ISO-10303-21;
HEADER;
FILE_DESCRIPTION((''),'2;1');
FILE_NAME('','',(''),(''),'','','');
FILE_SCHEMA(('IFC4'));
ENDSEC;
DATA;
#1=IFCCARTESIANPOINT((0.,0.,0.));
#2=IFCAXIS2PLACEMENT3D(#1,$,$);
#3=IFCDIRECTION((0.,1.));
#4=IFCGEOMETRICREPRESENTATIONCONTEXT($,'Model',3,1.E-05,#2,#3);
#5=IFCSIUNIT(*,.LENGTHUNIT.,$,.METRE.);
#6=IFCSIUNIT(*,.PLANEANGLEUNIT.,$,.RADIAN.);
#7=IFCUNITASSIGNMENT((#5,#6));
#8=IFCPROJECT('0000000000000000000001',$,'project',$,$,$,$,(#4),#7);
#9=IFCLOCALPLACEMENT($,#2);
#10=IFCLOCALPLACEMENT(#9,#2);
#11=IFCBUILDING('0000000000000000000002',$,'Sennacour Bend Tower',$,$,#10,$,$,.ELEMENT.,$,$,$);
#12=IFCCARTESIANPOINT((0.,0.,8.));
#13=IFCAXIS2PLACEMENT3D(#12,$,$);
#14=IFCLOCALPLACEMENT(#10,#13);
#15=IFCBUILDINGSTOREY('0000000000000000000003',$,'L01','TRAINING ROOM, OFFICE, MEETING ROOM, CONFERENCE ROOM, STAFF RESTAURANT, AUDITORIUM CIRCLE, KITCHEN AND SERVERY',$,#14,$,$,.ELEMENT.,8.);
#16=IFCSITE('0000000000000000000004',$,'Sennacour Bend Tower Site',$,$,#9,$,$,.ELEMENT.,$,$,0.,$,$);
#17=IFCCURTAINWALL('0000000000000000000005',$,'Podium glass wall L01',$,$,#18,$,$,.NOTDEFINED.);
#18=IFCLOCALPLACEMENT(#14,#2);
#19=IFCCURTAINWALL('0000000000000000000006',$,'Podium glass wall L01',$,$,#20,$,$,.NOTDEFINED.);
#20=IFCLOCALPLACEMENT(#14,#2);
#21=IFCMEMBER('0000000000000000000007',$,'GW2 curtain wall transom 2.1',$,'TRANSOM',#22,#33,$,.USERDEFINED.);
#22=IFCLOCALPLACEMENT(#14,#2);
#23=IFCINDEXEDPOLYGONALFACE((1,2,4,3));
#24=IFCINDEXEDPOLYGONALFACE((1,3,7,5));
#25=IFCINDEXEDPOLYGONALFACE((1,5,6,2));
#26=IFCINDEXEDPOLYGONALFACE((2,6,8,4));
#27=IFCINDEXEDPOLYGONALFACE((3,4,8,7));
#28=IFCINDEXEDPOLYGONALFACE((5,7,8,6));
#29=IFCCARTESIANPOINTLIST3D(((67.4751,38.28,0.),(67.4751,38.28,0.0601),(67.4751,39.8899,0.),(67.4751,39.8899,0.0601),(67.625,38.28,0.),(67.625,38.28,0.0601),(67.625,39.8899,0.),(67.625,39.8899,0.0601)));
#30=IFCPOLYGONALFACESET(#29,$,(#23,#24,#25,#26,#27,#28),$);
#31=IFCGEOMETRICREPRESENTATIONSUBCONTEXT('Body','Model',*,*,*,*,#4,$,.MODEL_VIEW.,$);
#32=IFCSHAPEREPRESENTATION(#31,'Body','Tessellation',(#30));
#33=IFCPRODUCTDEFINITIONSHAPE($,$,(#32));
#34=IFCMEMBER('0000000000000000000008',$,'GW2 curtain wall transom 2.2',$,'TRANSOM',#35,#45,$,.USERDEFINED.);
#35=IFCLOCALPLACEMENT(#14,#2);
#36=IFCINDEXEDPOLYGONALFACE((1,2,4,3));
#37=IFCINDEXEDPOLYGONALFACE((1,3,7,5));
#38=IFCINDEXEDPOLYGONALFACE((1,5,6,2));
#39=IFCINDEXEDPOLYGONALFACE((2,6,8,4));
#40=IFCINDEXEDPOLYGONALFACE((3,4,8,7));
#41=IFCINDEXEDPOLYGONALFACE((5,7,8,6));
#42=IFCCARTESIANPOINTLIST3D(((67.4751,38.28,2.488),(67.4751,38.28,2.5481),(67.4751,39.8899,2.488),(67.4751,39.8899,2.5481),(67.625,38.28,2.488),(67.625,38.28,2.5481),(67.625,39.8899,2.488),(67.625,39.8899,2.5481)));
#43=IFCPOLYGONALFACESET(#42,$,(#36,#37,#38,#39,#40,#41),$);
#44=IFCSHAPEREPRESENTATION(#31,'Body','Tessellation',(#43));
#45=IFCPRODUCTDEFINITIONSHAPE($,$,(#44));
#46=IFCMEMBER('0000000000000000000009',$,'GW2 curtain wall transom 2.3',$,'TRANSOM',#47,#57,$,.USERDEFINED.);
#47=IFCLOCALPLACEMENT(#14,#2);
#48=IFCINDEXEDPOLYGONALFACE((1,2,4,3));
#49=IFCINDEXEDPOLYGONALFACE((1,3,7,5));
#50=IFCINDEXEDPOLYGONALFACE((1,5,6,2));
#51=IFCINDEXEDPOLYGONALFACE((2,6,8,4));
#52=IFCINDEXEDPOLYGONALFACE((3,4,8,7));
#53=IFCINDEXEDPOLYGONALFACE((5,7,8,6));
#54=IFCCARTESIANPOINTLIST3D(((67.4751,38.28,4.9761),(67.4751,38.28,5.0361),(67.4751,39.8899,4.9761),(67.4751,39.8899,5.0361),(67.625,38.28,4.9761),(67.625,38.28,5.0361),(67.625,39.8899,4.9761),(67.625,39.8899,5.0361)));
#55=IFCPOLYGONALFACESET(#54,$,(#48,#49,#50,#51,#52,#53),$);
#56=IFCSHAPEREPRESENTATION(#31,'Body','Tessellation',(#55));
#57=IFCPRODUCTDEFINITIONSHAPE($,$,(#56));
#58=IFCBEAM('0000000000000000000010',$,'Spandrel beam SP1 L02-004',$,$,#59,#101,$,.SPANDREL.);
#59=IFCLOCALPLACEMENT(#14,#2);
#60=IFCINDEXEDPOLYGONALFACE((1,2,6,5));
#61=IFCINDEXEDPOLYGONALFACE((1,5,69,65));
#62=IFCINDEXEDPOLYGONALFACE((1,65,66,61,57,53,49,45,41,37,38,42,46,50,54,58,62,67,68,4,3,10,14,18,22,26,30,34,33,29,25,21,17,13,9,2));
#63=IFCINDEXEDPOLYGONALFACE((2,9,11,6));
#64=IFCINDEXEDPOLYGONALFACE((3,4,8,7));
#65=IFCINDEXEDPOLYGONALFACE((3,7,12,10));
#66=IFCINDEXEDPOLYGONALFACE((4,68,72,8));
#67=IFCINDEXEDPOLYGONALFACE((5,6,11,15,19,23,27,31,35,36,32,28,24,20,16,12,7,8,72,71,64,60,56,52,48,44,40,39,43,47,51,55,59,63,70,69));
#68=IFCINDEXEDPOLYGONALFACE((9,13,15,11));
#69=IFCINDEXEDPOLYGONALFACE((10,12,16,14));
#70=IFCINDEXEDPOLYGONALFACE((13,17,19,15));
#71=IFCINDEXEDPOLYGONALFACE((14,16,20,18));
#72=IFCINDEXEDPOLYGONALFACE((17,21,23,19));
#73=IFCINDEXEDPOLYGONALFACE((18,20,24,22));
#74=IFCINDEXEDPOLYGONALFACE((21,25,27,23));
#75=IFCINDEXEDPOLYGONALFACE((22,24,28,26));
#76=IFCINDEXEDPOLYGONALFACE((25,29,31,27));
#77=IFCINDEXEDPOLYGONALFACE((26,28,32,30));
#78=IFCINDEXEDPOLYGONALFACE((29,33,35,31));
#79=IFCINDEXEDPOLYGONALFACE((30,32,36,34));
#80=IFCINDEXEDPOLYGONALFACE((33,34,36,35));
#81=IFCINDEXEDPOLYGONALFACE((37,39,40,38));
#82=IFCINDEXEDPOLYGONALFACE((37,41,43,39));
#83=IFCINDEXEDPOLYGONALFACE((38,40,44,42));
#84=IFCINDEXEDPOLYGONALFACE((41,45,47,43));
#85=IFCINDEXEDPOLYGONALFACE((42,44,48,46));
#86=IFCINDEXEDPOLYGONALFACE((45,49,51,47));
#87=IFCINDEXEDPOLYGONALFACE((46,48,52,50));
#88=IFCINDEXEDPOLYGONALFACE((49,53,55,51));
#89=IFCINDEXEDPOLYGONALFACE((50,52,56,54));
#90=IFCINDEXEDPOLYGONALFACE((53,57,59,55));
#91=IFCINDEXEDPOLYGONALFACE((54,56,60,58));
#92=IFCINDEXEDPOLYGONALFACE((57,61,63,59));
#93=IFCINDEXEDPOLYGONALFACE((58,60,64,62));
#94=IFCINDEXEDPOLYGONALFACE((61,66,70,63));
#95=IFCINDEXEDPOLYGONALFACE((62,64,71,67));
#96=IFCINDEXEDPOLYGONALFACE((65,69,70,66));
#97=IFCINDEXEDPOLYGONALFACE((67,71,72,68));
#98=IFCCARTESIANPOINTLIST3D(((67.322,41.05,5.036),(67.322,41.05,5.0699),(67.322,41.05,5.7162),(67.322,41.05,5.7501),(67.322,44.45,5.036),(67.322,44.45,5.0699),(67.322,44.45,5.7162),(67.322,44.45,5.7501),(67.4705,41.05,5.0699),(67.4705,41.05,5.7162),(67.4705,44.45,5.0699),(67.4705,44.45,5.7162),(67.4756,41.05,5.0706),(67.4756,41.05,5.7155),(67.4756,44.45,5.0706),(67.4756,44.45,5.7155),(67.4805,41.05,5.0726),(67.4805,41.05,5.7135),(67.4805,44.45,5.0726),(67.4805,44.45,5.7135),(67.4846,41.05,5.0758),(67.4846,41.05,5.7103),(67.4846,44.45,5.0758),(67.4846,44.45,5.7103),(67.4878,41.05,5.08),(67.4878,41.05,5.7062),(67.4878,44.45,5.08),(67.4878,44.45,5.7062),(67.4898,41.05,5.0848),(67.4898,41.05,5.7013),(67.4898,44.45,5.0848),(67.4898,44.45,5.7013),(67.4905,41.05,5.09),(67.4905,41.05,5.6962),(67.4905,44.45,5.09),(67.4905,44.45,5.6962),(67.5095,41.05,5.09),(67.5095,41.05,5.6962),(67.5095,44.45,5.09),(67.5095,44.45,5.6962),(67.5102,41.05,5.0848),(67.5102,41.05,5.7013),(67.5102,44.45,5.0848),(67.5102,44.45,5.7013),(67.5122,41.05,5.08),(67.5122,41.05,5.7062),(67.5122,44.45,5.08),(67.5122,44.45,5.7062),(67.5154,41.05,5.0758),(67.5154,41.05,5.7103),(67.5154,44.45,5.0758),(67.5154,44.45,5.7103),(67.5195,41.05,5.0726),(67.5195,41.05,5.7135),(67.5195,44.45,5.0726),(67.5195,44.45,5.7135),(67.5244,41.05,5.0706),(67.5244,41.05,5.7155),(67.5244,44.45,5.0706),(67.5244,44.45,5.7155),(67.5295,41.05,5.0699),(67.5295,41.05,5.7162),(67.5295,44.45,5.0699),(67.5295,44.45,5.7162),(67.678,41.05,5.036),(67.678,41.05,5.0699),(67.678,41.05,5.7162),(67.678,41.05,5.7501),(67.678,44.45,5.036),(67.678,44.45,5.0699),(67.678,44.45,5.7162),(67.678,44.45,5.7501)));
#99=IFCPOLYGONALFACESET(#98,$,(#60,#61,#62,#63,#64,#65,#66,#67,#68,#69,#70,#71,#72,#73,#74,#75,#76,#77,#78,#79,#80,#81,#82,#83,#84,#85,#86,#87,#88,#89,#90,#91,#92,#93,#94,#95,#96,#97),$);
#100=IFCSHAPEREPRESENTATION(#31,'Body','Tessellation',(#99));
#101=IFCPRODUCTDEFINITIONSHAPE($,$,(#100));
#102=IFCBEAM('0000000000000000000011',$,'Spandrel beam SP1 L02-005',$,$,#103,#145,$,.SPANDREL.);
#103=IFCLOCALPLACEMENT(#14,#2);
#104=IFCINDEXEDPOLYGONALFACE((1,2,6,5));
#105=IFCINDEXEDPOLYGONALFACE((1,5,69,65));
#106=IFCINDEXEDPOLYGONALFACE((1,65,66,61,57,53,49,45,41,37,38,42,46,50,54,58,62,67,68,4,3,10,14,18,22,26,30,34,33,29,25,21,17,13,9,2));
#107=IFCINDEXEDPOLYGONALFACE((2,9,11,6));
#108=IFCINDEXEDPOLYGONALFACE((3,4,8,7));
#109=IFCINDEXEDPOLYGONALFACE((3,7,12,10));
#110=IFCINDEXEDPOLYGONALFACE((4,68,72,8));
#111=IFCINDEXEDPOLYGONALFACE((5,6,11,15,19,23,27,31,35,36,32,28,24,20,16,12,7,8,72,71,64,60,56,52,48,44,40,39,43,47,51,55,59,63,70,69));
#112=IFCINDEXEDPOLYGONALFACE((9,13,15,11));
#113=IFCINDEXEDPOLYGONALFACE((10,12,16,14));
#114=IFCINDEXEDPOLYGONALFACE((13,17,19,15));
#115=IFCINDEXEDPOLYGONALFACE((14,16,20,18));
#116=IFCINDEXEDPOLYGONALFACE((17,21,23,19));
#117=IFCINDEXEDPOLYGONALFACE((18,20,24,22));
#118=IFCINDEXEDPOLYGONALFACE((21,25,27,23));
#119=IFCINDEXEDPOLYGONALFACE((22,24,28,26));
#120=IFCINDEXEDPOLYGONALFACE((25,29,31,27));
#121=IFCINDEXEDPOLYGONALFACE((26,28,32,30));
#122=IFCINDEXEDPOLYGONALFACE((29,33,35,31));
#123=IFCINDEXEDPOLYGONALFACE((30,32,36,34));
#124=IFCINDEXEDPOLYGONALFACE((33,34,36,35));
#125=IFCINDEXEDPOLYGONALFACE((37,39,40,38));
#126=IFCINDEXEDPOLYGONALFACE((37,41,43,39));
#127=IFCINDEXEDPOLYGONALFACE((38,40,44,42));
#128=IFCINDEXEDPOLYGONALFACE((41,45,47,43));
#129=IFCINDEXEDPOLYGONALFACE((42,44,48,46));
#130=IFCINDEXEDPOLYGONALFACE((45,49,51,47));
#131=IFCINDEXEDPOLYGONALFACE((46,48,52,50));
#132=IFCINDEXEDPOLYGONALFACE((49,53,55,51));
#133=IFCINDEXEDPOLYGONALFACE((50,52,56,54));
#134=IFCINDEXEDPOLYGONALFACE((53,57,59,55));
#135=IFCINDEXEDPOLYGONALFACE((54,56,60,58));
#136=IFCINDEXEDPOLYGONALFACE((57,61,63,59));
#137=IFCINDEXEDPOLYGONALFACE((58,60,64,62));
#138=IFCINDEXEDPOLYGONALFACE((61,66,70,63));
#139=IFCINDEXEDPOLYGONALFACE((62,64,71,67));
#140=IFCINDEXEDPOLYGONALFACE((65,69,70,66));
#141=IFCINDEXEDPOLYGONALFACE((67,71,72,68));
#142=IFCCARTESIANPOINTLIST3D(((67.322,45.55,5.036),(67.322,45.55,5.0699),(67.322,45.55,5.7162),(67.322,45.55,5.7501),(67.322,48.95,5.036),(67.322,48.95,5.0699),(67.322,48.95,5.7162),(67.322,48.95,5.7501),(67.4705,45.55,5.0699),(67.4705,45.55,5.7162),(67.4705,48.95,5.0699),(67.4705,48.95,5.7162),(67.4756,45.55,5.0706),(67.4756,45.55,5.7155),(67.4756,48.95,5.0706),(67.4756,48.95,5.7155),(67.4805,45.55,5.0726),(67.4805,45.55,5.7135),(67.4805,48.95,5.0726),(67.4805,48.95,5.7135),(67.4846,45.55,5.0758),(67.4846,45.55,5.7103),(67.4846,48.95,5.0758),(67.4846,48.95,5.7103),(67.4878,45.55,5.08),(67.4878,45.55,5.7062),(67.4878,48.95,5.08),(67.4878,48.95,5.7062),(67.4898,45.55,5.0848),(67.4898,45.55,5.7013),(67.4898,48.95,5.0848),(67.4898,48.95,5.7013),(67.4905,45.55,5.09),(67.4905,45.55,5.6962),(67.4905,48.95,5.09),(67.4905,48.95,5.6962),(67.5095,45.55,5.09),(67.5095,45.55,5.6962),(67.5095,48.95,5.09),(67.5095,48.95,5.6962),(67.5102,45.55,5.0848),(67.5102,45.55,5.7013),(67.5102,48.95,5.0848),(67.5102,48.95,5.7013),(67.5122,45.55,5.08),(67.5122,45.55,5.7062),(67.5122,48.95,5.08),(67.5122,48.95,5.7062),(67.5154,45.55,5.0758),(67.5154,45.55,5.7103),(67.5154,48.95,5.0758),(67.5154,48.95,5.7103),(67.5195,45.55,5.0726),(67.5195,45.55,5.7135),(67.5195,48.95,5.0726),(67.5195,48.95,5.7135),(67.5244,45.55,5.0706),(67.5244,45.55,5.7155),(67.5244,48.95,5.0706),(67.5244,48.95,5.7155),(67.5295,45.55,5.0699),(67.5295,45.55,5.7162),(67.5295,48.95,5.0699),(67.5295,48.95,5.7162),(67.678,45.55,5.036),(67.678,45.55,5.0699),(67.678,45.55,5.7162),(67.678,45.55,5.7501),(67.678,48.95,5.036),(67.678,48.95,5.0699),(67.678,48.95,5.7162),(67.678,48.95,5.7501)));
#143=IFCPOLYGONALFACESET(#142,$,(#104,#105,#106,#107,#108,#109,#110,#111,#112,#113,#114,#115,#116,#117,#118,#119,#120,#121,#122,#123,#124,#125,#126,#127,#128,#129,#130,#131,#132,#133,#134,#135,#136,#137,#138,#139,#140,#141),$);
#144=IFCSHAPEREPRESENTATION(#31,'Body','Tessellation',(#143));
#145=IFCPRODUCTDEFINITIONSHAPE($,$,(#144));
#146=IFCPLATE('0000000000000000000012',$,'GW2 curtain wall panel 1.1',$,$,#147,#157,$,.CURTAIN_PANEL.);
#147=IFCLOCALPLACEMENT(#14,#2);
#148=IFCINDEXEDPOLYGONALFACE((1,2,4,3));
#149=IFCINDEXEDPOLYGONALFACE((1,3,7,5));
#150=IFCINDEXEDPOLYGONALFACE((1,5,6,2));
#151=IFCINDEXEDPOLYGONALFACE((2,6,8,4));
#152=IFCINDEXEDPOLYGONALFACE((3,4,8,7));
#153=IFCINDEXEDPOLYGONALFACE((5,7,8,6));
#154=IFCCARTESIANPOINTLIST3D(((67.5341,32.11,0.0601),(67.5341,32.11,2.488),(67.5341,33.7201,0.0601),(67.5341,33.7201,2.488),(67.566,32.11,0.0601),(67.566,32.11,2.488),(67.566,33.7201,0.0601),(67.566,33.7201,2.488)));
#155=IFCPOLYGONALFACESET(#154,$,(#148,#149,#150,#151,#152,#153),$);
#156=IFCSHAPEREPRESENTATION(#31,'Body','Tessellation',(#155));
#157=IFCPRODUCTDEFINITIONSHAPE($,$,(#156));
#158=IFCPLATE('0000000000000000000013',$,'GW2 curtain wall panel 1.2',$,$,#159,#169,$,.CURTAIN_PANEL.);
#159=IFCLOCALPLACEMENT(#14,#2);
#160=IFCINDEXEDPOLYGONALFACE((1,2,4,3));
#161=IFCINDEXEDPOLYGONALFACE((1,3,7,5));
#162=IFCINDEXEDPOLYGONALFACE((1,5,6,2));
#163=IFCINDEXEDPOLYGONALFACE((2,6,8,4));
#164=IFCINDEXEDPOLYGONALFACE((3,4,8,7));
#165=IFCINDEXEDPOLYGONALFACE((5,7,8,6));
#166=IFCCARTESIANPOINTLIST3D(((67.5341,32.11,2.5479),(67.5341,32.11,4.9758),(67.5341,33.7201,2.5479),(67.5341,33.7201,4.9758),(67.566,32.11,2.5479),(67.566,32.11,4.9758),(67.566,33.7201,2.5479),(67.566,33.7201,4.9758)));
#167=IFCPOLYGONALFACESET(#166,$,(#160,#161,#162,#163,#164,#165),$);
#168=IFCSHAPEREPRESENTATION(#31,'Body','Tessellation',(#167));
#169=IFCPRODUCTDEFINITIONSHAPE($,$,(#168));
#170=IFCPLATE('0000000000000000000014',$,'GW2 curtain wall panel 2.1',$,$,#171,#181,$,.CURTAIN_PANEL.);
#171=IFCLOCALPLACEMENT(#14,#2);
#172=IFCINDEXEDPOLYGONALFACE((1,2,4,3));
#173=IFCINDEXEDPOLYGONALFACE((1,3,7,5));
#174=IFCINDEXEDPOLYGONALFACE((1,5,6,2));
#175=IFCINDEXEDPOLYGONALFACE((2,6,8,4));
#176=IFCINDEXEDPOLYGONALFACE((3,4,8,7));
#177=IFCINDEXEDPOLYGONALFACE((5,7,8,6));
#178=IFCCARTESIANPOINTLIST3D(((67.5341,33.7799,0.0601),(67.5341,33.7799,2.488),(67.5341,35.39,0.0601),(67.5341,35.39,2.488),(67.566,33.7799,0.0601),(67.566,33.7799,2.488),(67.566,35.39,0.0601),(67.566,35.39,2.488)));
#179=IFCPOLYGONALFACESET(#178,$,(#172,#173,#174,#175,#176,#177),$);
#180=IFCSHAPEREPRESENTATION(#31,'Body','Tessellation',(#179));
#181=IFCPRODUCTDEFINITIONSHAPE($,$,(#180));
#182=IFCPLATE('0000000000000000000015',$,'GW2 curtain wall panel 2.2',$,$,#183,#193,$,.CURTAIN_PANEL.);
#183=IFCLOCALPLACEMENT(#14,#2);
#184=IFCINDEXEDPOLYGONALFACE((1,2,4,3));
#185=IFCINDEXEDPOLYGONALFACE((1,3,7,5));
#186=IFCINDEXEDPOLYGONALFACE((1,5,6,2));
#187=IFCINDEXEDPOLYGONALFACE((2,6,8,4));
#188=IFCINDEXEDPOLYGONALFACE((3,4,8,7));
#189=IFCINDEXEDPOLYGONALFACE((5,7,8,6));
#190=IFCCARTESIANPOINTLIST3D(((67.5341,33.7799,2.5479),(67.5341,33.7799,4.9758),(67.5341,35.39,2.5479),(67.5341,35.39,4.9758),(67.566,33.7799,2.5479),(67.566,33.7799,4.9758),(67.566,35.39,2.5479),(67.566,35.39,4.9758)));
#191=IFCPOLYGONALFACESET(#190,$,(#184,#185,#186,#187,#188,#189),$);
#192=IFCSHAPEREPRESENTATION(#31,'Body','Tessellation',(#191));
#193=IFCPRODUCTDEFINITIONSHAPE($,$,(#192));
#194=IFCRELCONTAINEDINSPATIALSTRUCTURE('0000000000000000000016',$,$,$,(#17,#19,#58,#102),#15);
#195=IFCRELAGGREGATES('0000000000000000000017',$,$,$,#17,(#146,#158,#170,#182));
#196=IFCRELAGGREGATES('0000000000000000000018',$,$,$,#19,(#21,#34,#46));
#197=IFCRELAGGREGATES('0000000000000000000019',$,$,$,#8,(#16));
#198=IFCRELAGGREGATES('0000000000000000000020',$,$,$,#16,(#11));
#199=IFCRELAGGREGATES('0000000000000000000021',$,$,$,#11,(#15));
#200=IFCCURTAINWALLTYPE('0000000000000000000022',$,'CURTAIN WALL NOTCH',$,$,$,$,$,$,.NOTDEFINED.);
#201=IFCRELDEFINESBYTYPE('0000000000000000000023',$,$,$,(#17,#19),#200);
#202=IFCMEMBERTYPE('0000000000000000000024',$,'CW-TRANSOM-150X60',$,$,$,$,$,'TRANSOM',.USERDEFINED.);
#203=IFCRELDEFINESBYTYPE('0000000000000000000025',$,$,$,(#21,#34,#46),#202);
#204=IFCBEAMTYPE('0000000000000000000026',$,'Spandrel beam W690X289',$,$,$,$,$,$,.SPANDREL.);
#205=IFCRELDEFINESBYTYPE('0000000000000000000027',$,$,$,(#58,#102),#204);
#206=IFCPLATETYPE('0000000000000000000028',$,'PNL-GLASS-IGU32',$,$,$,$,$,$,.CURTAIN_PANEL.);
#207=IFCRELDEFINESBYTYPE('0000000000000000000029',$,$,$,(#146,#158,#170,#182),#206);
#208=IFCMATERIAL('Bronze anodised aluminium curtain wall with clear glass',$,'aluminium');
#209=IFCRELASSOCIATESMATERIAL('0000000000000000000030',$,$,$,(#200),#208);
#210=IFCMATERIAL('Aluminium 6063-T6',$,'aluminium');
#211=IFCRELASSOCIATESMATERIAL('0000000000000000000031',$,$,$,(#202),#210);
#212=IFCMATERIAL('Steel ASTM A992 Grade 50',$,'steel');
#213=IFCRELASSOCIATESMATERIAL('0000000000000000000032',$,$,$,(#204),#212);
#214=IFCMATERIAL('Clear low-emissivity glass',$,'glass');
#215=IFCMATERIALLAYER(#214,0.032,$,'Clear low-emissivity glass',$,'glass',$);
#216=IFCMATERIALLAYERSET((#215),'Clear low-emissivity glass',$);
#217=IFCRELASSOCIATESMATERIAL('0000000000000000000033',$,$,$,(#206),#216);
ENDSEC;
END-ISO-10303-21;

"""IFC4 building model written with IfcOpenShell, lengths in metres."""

from ifc_helpers import new_model, si_unit, direction, frame, origin, origin_2d, place, context, subcontext, project, spatial, rectangle, i_section, extrude, material, layer, layer_set, material_profile, profile_set, type_object, element, aggregate, save


model = new_model("IFC4")

# Units and contexts
model_context = context("Model", 3, precision=1e-05, world=origin(), true_north=direction((0.0, 1.0)))
body_context = subcontext(model_context, "Body", "Model", "MODEL_VIEW")
ifc_project = project(units=[si_unit("LENGTHUNIT", "METRE"), si_unit("PLANEANGLEUNIT", "RADIAN")], contexts=[model_context])

# Site, building, storey
site_placement = place(None, origin())
site = spatial("IfcSite", under=ifc_project, at=site_placement, Name="Sennacour Bend Tower Site", CompositionType="ELEMENT", RefElevation=0.0)
building_placement = place(site_placement, origin())
building = spatial("IfcBuilding", under=site, at=building_placement, Name="Sennacour Bend Tower", CompositionType="ELEMENT")
storey_placement = place(building_placement, frame((0.0, 0.0, 8.0)))
storey = spatial("IfcBuildingStorey", under=building, at=storey_placement, Name="L01", Description="TRAINING ROOM, OFFICE, MEETING ROOM, CONFERENCE ROOM, STAFF RESTAURANT, AUDITORIUM CIRCLE, KITCHEN AND SERVERY", CompositionType="ELEMENT", Elevation=8.0)

# Curtain walls
ifc_material_1 = material(Name="Bronze anodised aluminium curtain wall with clear glass", Category="aluminium")
curtain_wall_type = type_object("IfcCurtainWallType", Name="CURTAIN WALL NOTCH", PredefinedType="NOTDEFINED", material=ifc_material_1)
curtain_wall_1_placement = place(storey_placement, origin())
curtain_wall_1 = element("IfcCurtainWall", 1, at=curtain_wall_1_placement, inside=storey, type_object=curtain_wall_type, Name="Podium glass wall L01", PredefinedType="NOTDEFINED")
ifc_material_2 = material(Name="Aluminium 6063-T6", Category="aluminium")
curtain_wall_2_placement = place(storey_placement, origin())
curtain_wall_2 = element("IfcCurtainWall", 2, at=curtain_wall_2_placement, inside=storey, type_object=curtain_wall_type, Name="Podium glass wall L01", PredefinedType="NOTDEFINED")

# Members
ifc_material_profile_1 = material_profile(ifc_material_2, rectangle(XDim=0.1499, YDim=0.0601, at=origin_2d()), Name="Aluminium 6063-T6", Category="aluminium")
ifc_profile_set_1 = profile_set([ifc_material_profile_1], Name="Aluminium 6063-T6")
member_type_1 = type_object("IfcMemberType", Name="CW-TRANSOM-150X60", ElementType="TRANSOM", PredefinedType="USERDEFINED", material=ifc_profile_set_1)
member_1_placement = place(storey_placement, frame((67.55, 38.28, 0.03), z_axis=(0.0, 1.0, 0.0), x_axis=(-1.0, 0.0, 0.0)))
member_1 = element("IfcMember", 3, at=member_1_placement, type_object=member_type_1, Name="GW2 curtain wall transom 2.1", ObjectType="TRANSOM", PredefinedType="USERDEFINED", context=body_context, shape_type="SweptSolid", body=[
    extrude(rectangle(XDim=0.1499, YDim=0.0601, at=origin_2d()), origin(), (0.0, 0.0, 1.0), 1.6099),
])
member_2_placement = place(storey_placement, frame((67.55, 38.28, 2.5181), z_axis=(0.0, 1.0, 0.0), x_axis=(-1.0, 0.0, 0.0)))
member_2 = element("IfcMember", 4, at=member_2_placement, type_object=member_type_1, Name="GW2 curtain wall transom 2.2", ObjectType="TRANSOM", PredefinedType="USERDEFINED", context=body_context, shape_type="SweptSolid", body=[
    extrude(rectangle(XDim=0.1499, YDim=0.0601, at=origin_2d()), origin(), (0.0, 0.0, 1.0), 1.6099),
])
member_3_placement = place(storey_placement, frame((67.55, 38.28, 5.0061), z_axis=(0.0, 1.0, 0.0), x_axis=(-1.0, 0.0, 0.0)))
member_3 = element("IfcMember", 5, at=member_3_placement, type_object=member_type_1, Name="GW2 curtain wall transom 2.3", ObjectType="TRANSOM", PredefinedType="USERDEFINED", context=body_context, shape_type="SweptSolid", body=[
    extrude(rectangle(XDim=0.1499, YDim=0.0601, at=origin_2d()), origin(), (0.0, 0.0, 1.0), 1.6099),
])

# Beams
ifc_material_3 = material(Name="Steel ASTM A992 Grade 50", Category="steel")
ifc_material_profile_2 = material_profile(ifc_material_3, i_section(OverallWidth=0.356, OverallDepth=0.7141, WebThickness=0.019, FlangeThickness=0.0339, FilletRadius=0.02, at=origin_2d()), Name="Steel ASTM A992 Grade 50", Category="steel")
ifc_profile_set_2 = profile_set([ifc_material_profile_2], Name="Steel ASTM A992 Grade 50")
beam_type = type_object("IfcBeamType", Name="Spandrel beam W690X289", PredefinedType="SPANDREL", material=ifc_profile_set_2)
for number, where, z_axis, x_axis, name in (
    (6, (67.5, 41.05, 5.3931), (0.0, 1.0, 0.0), (-1.0, 0.0, 0.0), "Spandrel beam SP1 L02-004"),
    (7, (67.5, 45.55, 5.3931), (0.0, 1.0, 0.0), (-1.0, 0.0, 0.0), "Spandrel beam SP1 L02-005"),
):
    element("IfcBeam", number, at=place(storey_placement, frame(where, z_axis=z_axis, x_axis=x_axis)), inside=storey, type_object=beam_type, Name=name, PredefinedType="SPANDREL", context=body_context, shape_type="SweptSolid", body=[
        extrude(i_section(OverallWidth=0.356, OverallDepth=0.7141, WebThickness=0.019, FlangeThickness=0.0339, FilletRadius=0.02, at=origin_2d()), origin(), (0.0, 0.0, 1.0), 3.3999),
    ])

# Plates
ifc_material_4 = material(Name="Clear low-emissivity glass", Category="glass")
ifc_layer_1 = layer(ifc_material_4, 0.032, Name="Clear low-emissivity glass", Category="glass")
ifc_layer_set_1 = layer_set([ifc_layer_1], Name="Clear low-emissivity glass")
plate_type = type_object("IfcPlateType", Name="PNL-GLASS-IGU32", PredefinedType="CURTAIN_PANEL", material=ifc_layer_set_1)
plate_1_placement = place(storey_placement, frame((67.55, 32.915, 0.0601), z_axis=(0.0, 0.0, 1.0), x_axis=(0.0, 1.0, 0.0)))
plate_1 = element("IfcPlate", 8, at=plate_1_placement, type_object=plate_type, Name="GW2 curtain wall panel 1.1", PredefinedType="CURTAIN_PANEL", context=body_context, shape_type="SweptSolid", body=[
    extrude(rectangle(XDim=1.6101, YDim=0.032, at=origin_2d()), origin(), (0.0, 0.0, 1.0), 2.428),
])
plate_2_placement = place(storey_placement, frame((67.55, 32.915, 2.5479), z_axis=(0.0, 0.0, 1.0), x_axis=(0.0, 1.0, 0.0)))
plate_2 = element("IfcPlate", 9, at=plate_2_placement, type_object=plate_type, Name="GW2 curtain wall panel 1.2", PredefinedType="CURTAIN_PANEL", context=body_context, shape_type="SweptSolid", body=[
    extrude(rectangle(XDim=1.6101, YDim=0.032, at=origin_2d()), origin(), (0.0, 0.0, 1.0), 2.428),
])
plate_3_placement = place(storey_placement, frame((67.55, 34.585, 0.0601), z_axis=(0.0, 0.0, 1.0), x_axis=(0.0, 1.0, 0.0)))
plate_3 = element("IfcPlate", 10, at=plate_3_placement, type_object=plate_type, Name="GW2 curtain wall panel 2.1", PredefinedType="CURTAIN_PANEL", context=body_context, shape_type="SweptSolid", body=[
    extrude(rectangle(XDim=1.6101, YDim=0.032, at=origin_2d()), origin(), (0.0, 0.0, 1.0), 2.428),
])
plate_4_placement = place(storey_placement, frame((67.55, 34.585, 2.5479), z_axis=(0.0, 0.0, 1.0), x_axis=(0.0, 1.0, 0.0)))
plate_4 = element("IfcPlate", 11, at=plate_4_placement, type_object=plate_type, Name="GW2 curtain wall panel 2.2", PredefinedType="CURTAIN_PANEL", context=body_context, shape_type="SweptSolid", body=[
    extrude(rectangle(XDim=1.6101, YDim=0.032, at=origin_2d()), origin(), (0.0, 0.0, 1.0), 2.428),
])
aggregate(curtain_wall_1, [plate_1, plate_2, plate_3, plate_4])
aggregate(curtain_wall_2, [member_1, member_2, member_3])

save(model, "model.ifc")
